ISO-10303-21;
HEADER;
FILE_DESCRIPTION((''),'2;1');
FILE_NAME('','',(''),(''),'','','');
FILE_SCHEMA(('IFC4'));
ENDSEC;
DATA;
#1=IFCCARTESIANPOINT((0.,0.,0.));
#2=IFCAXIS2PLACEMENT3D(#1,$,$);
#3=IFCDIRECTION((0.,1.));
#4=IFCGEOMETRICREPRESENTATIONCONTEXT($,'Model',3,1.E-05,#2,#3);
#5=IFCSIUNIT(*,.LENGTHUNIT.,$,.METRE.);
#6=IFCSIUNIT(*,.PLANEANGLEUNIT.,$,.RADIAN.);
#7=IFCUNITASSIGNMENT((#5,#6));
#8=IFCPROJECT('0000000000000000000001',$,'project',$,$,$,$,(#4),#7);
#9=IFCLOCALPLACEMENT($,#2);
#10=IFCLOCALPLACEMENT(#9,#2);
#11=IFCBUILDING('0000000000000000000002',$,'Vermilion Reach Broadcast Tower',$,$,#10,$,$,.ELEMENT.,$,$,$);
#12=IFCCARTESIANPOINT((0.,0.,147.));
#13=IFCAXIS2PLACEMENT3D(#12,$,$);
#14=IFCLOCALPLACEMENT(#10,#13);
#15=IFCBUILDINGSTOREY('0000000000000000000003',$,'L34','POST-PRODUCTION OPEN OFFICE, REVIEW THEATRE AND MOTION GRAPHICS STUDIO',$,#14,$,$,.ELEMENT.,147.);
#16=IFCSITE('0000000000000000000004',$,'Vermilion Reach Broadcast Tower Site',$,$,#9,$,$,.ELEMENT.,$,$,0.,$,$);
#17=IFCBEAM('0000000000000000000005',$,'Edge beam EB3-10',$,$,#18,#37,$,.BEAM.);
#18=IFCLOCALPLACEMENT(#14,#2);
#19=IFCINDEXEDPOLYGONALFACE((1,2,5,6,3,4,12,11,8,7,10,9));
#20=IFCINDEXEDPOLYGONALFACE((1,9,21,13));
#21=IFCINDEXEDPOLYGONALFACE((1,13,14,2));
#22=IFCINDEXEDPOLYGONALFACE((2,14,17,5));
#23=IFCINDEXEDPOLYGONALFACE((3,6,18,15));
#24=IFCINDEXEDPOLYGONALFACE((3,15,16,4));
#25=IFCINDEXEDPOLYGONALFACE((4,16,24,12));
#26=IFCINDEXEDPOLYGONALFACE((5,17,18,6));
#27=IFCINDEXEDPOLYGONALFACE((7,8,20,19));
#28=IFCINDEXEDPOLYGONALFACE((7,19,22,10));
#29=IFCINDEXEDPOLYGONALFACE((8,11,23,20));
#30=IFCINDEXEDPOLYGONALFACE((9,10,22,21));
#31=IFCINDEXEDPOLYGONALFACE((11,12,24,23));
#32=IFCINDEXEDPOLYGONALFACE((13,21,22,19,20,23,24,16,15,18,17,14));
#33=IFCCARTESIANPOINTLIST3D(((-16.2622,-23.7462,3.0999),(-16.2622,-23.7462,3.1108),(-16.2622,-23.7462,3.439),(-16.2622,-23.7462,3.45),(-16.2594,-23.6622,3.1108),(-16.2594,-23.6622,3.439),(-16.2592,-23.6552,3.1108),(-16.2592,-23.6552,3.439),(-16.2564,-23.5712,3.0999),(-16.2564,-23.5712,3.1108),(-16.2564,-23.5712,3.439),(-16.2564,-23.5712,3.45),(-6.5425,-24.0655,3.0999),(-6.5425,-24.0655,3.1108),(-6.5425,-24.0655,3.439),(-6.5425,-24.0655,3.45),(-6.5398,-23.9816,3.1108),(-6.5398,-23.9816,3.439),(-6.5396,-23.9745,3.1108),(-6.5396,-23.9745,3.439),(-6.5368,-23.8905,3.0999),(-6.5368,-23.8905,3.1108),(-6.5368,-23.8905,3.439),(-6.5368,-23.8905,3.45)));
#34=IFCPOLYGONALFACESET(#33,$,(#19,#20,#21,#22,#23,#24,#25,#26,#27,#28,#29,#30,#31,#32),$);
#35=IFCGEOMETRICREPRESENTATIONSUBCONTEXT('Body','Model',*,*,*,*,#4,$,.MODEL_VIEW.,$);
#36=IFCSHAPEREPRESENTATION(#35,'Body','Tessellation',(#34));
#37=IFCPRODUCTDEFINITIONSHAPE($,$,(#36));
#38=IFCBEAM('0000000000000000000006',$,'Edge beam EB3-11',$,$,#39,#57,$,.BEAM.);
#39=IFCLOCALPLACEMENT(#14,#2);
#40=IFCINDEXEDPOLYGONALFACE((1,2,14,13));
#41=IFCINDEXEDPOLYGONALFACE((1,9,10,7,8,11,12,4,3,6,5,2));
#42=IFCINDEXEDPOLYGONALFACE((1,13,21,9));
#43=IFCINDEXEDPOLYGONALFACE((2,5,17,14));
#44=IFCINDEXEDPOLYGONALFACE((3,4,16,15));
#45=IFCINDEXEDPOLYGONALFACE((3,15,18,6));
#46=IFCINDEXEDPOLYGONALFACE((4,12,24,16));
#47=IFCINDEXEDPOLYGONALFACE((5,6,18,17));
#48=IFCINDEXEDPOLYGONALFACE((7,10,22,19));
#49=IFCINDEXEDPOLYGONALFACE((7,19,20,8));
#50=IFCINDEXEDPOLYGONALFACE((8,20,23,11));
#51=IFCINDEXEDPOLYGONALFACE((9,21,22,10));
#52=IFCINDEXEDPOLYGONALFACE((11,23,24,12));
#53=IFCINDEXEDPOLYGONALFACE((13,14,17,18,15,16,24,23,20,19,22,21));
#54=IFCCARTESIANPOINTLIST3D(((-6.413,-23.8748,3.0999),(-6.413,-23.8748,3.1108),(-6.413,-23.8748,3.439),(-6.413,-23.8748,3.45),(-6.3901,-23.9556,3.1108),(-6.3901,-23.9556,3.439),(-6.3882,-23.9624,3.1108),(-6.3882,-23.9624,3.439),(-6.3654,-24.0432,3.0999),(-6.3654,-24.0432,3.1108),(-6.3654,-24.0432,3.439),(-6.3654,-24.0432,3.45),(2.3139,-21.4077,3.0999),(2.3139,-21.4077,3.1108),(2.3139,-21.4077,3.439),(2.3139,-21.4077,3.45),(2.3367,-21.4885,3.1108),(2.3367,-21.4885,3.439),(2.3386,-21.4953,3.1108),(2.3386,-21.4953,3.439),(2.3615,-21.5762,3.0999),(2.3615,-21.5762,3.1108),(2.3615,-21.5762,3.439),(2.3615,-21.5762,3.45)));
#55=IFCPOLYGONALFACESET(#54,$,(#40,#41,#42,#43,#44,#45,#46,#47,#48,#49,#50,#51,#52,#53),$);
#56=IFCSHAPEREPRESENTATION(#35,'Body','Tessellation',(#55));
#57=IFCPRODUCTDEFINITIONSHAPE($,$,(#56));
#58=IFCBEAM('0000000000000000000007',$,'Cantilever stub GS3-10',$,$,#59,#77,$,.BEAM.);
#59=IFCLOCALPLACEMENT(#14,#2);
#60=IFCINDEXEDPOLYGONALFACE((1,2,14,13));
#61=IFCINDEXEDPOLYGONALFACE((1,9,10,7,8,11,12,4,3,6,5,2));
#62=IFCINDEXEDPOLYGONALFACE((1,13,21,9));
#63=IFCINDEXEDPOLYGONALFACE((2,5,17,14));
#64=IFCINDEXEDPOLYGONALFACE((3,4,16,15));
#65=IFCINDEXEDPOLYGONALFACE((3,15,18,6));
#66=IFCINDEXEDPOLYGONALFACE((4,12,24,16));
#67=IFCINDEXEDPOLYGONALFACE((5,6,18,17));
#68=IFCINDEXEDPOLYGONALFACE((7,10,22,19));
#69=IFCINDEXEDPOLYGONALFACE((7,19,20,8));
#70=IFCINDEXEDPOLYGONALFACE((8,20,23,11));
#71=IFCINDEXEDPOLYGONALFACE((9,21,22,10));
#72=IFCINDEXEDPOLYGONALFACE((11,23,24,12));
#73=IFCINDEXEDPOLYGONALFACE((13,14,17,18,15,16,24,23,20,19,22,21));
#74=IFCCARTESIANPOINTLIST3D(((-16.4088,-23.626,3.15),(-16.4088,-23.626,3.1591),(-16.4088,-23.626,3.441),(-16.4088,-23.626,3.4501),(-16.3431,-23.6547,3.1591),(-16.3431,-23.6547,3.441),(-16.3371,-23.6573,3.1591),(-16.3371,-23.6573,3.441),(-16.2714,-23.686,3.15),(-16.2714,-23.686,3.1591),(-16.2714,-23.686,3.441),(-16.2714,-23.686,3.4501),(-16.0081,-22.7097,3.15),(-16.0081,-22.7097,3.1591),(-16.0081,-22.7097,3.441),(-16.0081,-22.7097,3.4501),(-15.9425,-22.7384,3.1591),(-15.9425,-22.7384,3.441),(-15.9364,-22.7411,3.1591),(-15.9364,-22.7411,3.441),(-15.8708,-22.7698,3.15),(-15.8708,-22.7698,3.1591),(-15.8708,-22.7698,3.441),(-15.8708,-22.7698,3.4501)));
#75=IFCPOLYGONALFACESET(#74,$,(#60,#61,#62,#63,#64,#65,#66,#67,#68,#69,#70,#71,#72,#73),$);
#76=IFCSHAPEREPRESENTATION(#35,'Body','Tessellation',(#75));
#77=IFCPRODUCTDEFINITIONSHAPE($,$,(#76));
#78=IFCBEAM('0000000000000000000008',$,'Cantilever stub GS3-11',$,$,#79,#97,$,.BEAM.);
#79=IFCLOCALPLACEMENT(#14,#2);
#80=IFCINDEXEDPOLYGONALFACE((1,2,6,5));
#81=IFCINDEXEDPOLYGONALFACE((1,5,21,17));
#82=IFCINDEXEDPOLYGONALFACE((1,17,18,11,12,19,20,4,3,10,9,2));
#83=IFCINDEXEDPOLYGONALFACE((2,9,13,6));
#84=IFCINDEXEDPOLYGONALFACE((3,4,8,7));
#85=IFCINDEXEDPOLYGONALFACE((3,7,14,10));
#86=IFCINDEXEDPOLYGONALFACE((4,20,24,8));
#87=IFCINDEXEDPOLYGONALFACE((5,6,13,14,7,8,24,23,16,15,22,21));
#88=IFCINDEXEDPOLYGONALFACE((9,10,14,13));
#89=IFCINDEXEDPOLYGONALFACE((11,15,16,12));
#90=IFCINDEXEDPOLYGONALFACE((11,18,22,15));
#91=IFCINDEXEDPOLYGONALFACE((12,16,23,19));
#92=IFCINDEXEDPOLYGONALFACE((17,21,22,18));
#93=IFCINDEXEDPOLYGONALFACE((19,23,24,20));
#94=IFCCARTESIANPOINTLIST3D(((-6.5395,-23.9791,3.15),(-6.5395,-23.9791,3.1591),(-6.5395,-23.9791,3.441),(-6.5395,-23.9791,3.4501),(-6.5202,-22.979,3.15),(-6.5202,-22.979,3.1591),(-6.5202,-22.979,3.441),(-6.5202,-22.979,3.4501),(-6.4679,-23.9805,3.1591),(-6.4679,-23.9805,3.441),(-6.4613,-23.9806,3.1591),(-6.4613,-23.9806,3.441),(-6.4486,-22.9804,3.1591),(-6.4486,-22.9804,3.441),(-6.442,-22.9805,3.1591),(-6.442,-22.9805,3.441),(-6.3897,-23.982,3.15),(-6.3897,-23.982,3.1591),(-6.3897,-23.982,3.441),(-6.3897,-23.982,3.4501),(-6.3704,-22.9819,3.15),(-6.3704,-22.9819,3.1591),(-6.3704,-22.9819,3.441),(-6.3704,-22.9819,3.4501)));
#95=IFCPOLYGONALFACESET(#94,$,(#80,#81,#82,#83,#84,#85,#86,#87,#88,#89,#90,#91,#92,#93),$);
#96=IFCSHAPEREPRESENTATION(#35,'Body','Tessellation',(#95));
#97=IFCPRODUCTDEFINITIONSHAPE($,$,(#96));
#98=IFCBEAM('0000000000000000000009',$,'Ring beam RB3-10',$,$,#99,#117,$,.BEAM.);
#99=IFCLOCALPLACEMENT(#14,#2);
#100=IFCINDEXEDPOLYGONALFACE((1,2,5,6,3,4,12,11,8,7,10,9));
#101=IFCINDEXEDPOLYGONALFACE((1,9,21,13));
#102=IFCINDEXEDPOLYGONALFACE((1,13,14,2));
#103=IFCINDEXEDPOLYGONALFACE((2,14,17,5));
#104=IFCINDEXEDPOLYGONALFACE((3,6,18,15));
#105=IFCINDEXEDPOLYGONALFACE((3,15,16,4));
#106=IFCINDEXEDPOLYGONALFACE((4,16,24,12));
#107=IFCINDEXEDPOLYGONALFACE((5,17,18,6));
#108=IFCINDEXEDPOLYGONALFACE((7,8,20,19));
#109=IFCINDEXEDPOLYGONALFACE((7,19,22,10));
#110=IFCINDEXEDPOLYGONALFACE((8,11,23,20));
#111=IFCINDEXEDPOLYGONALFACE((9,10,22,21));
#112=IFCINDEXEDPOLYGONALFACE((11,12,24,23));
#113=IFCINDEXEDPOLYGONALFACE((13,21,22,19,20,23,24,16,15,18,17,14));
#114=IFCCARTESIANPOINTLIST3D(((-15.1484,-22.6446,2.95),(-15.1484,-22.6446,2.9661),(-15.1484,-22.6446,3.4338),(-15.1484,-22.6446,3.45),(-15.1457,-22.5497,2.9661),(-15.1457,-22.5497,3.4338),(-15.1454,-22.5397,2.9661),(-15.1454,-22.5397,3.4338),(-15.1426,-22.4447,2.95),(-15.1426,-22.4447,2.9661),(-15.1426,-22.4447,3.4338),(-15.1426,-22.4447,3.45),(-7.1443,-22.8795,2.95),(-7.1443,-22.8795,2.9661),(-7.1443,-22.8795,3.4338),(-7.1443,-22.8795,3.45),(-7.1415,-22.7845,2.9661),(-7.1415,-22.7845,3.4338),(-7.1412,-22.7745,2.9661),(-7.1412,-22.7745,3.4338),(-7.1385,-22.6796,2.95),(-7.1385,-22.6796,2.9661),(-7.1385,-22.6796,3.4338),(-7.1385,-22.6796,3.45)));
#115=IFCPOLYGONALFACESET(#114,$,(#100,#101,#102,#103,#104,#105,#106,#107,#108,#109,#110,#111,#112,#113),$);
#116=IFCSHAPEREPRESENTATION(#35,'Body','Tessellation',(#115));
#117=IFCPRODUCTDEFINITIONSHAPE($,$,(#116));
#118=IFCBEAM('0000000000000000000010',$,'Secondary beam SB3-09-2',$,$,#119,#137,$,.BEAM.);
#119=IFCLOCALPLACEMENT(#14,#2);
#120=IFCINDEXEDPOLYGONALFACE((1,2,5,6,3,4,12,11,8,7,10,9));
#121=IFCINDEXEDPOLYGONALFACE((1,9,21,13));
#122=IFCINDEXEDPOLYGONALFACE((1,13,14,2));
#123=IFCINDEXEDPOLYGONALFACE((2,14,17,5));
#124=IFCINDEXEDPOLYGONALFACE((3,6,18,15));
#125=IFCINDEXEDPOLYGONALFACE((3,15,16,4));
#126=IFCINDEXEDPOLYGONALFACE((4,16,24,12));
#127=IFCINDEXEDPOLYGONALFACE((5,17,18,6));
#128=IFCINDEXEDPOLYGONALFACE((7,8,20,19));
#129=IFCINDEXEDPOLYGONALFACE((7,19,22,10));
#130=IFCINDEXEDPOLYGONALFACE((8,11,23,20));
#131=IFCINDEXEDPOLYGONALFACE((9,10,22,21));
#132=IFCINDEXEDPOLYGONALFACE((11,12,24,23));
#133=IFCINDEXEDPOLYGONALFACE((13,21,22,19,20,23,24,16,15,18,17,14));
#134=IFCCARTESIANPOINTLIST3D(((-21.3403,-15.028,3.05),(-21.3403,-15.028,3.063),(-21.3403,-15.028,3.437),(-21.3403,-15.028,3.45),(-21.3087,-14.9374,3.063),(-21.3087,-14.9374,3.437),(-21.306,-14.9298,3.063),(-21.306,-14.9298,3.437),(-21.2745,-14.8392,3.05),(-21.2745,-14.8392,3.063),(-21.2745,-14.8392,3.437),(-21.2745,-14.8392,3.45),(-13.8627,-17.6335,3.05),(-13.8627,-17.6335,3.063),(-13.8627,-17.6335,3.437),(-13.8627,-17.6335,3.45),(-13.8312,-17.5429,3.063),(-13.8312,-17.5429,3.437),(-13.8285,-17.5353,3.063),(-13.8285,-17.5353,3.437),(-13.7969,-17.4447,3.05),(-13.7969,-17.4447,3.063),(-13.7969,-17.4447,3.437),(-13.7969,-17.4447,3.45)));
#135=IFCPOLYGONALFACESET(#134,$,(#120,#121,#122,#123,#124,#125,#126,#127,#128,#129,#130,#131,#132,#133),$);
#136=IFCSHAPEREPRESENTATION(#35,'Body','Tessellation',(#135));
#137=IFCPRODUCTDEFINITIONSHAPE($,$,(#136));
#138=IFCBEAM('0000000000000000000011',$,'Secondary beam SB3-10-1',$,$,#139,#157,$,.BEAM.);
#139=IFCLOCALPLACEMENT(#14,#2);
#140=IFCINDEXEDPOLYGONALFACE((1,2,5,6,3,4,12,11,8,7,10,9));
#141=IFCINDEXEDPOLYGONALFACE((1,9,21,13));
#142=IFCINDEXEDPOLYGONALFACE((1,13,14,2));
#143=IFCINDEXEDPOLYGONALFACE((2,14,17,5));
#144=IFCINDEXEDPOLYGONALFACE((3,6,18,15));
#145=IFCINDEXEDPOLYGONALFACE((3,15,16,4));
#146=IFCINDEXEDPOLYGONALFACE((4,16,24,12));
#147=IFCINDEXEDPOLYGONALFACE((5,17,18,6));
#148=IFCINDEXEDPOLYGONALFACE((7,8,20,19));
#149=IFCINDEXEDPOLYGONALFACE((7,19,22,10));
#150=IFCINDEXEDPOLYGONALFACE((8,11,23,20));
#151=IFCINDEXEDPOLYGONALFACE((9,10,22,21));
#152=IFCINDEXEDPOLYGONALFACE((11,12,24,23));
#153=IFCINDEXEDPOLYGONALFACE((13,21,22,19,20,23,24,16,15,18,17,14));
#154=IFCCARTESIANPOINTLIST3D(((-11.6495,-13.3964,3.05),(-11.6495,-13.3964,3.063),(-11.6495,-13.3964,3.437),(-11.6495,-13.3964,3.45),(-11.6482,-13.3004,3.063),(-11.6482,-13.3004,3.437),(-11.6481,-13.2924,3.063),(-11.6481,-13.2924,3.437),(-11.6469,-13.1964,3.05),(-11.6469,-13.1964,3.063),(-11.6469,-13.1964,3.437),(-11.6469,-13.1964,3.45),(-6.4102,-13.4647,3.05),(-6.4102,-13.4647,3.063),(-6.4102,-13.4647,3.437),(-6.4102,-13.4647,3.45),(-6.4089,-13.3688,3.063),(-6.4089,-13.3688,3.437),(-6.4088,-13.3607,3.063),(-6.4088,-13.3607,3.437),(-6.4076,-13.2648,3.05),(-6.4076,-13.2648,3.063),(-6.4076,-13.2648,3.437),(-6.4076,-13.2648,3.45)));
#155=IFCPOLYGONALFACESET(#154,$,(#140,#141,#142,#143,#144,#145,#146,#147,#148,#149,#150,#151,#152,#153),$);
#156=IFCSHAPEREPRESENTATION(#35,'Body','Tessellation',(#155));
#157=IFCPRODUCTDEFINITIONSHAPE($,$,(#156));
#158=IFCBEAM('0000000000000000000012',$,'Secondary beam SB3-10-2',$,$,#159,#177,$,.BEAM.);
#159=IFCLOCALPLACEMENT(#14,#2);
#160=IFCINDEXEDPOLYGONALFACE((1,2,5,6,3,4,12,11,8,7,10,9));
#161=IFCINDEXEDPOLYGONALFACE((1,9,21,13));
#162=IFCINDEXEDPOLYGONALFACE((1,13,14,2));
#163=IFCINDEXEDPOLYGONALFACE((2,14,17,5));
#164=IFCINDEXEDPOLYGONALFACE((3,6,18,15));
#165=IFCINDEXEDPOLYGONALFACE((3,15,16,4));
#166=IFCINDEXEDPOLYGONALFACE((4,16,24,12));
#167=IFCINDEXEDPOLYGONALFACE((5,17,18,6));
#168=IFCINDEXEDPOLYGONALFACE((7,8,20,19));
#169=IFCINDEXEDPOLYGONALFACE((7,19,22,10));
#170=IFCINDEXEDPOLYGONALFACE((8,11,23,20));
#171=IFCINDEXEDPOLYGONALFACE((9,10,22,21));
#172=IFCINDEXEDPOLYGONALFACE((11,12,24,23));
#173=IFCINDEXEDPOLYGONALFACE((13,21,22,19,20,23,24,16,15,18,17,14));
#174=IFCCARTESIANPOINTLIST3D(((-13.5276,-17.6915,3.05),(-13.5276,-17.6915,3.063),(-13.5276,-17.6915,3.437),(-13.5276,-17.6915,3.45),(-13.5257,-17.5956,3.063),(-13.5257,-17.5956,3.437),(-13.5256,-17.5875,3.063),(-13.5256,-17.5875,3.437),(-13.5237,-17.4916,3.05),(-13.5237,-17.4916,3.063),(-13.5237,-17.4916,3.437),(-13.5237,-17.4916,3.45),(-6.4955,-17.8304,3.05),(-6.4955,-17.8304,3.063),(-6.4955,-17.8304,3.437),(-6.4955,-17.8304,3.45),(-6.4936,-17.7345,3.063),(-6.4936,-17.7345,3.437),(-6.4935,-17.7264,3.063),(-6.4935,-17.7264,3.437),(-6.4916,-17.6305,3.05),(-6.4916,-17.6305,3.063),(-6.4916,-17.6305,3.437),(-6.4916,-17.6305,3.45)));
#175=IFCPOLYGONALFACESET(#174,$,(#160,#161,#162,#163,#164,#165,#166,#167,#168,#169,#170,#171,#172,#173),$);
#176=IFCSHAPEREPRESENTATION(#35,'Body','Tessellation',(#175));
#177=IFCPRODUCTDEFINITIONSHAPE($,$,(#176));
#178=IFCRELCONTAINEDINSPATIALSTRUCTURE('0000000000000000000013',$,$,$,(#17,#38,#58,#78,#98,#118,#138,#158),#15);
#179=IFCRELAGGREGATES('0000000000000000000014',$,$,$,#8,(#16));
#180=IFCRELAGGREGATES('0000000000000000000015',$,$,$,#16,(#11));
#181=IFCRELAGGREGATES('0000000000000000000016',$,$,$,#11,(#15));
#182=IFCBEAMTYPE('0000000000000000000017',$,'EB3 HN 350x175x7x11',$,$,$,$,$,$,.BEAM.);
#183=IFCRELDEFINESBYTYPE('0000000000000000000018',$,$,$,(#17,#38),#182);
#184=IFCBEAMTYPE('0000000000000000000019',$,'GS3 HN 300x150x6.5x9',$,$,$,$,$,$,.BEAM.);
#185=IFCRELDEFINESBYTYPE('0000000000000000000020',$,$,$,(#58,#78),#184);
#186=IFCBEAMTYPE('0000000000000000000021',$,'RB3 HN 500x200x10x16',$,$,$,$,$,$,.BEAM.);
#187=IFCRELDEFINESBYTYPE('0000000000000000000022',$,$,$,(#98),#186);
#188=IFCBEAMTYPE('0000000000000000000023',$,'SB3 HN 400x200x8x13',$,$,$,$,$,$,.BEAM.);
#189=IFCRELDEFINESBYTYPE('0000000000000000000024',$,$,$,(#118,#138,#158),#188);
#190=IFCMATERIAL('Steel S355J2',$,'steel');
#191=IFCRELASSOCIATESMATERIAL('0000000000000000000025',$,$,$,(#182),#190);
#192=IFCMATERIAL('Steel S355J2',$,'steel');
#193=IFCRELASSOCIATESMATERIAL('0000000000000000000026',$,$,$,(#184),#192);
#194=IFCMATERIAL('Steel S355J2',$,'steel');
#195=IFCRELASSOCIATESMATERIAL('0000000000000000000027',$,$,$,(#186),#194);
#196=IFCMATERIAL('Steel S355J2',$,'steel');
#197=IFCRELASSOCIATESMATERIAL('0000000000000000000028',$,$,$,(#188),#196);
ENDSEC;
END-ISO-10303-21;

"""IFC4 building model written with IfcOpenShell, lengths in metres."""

from ifc_helpers import new_model, si_unit, direction, frame, origin, origin_2d, place, context, subcontext, project, spatial, i_section, extrude, material, material_profile, profile_set, type_object, element, save


model = new_model("IFC4")

# Units and contexts
model_context = context("Model", 3, precision=1e-05, world=origin(), true_north=direction((0.0, 1.0)))
body_context = subcontext(model_context, "Body", "Model", "MODEL_VIEW")
ifc_project = project(units=[si_unit("LENGTHUNIT", "METRE"), si_unit("PLANEANGLEUNIT", "RADIAN")], contexts=[model_context])

# Site, building, storey
site_placement = place(None, origin())
site = spatial("IfcSite", under=ifc_project, at=site_placement, Name="Vermilion Reach Broadcast Tower Site", CompositionType="ELEMENT", RefElevation=0.0)
building_placement = place(site_placement, origin())
building = spatial("IfcBuilding", under=site, at=building_placement, Name="Vermilion Reach Broadcast Tower", CompositionType="ELEMENT")
storey_placement = place(building_placement, frame((0.0, 0.0, 147.0)))
storey = spatial("IfcBuildingStorey", under=building, at=storey_placement, Name="L34", Description="POST-PRODUCTION OPEN OFFICE, REVIEW THEATRE AND MOTION GRAPHICS STUDIO", CompositionType="ELEMENT", Elevation=147.0)

# Beams
ifc_material_1 = material(Name="Steel S355J2", Category="steel")
ifc_material_profile_1 = material_profile(ifc_material_1, i_section(OverallWidth=0.175, OverallDepth=0.3501, WebThickness=0.0071, FlangeThickness=0.011, at=origin_2d()), Name="S355J2 HN 350x175x7x11")
ifc_profile_set_1 = profile_set([ifc_material_profile_1], Name="Steel S355J2")
beam_type_1 = type_object("IfcBeamType", Name="EB3 HN 350x175x7x11", PredefinedType="BEAM", material=ifc_profile_set_1)
beam_1_placement = place(storey_placement, frame((-16.2593, -23.6587, 3.2749), z_axis=(0.999461, -0.032837, 0.0), x_axis=(0.032837, 0.999461, 0.0)))
element("IfcBeam", 1, at=beam_1_placement, inside=storey, type_object=beam_type_1, Name="Edge beam EB3-10", PredefinedType="BEAM", context=body_context, shape_type="SweptSolid", body=[
    extrude(i_section(OverallWidth=0.175, OverallDepth=0.3501, WebThickness=0.0071, FlangeThickness=0.011, at=origin_2d()), origin(), (0.0, 0.0, 1.0), 9.7249),
])
beam_2_placement = place(storey_placement, frame((-6.3892, -23.959, 3.2749), z_axis=(0.962287, 0.272036, 0.0), x_axis=(-0.272036, 0.962287, 0.0)))
element("IfcBeam", 2, at=beam_2_placement, inside=storey, type_object=beam_type_1, Name="Edge beam EB3-11", PredefinedType="BEAM", context=body_context, shape_type="SweptSolid", body=[
    extrude(i_section(OverallWidth=0.175, OverallDepth=0.3501, WebThickness=0.0071, FlangeThickness=0.011, at=origin_2d()), origin(), (0.0, 0.0, 1.0), 9.0688),
])
ifc_material_2 = material(Name="Steel S355J2", Category="steel")
ifc_material_profile_2 = material_profile(ifc_material_2, i_section(OverallWidth=0.1499, OverallDepth=0.3, WebThickness=0.0066, FlangeThickness=0.009, at=origin_2d()), Name="S355J2 HN 300x150x6.5x9")
ifc_profile_set_2 = profile_set([ifc_material_profile_2], Name="Steel S355J2")
beam_type_2 = type_object("IfcBeamType", Name="GS3 HN 300x150x6.5x9", PredefinedType="BEAM", material=ifc_profile_set_2)
beam_3_placement = place(storey_placement, frame((-15.9395, -22.7397, 3.3), z_axis=(-0.400627, -0.916241, 0.0), x_axis=(0.916241, -0.400627, 0.0)))
element("IfcBeam", 3, at=beam_3_placement, inside=storey, type_object=beam_type_2, Name="Cantilever stub GS3-10", PredefinedType="BEAM", context=body_context, shape_type="SweptSolid", body=[
    extrude(i_section(OverallWidth=0.1499, OverallDepth=0.3, WebThickness=0.0066, FlangeThickness=0.009, at=origin_2d()), origin(), (0.0, 0.0, 1.0), 1.0),
])
beam_4_placement = place(storey_placement, frame((-6.4453, -22.9805, 3.3), z_axis=(-0.019284, -0.999814, 0.0), x_axis=(0.999814, -0.019284, 0.0)))
element("IfcBeam", 4, at=beam_4_placement, inside=storey, type_object=beam_type_2, Name="Cantilever stub GS3-11", PredefinedType="BEAM", context=body_context, shape_type="SweptSolid", body=[
    extrude(i_section(OverallWidth=0.1499, OverallDepth=0.3, WebThickness=0.0066, FlangeThickness=0.009, at=origin_2d()), origin(), (0.0, 0.0, 1.0), 1.0002),
])
ifc_material_3 = material(Name="Steel S355J2", Category="steel")
ifc_material_profile_3 = material_profile(ifc_material_3, i_section(OverallWidth=0.2, OverallDepth=0.5, WebThickness=0.01, FlangeThickness=0.0161, at=origin_2d()), Name="S355J2 HN 500x200x10x16")
ifc_profile_set_3 = profile_set([ifc_material_profile_3], Name="Steel S355J2")
beam_type_3 = type_object("IfcBeamType", Name="RB3 HN 500x200x10x16", PredefinedType="BEAM", material=ifc_profile_set_3)
beam_5_placement = place(storey_placement, frame((-15.1455, -22.5447, 3.2), z_axis=(0.99957, -0.02933, 0.0), x_axis=(0.02933, 0.99957, 0.0)))
element("IfcBeam", 5, at=beam_5_placement, inside=storey, type_object=beam_type_3, Name="Ring beam RB3-10", PredefinedType="BEAM", context=body_context, shape_type="SweptSolid", body=[
    extrude(i_section(OverallWidth=0.2, OverallDepth=0.5, WebThickness=0.01, FlangeThickness=0.0161, at=origin_2d()), origin(), (0.0, 0.0, 1.0), 8.0076),
])
ifc_material_4 = material(Name="Steel S355J2", Category="steel")
ifc_material_profile_4 = material_profile(ifc_material_4, i_section(OverallWidth=0.2, OverallDepth=0.3999, WebThickness=0.0081, FlangeThickness=0.0129, at=origin_2d()), Name="S355J2 HN 400x200x8x13")
ifc_profile_set_4 = profile_set([ifc_material_profile_4], Name="Steel S355J2")
beam_type_4 = type_object("IfcBeamType", Name="SB3 HN 400x200x8x13", PredefinedType="BEAM", material=ifc_profile_set_4)
beam_6_placement = place(storey_placement, frame((-21.3074, -14.9336, 3.25), z_axis=(0.944317, -0.329037, 0.0), x_axis=(0.329037, 0.944317, 0.0)))
element("IfcBeam", 6, at=beam_6_placement, inside=storey, type_object=beam_type_4, Name="Secondary beam SB3-09-2", PredefinedType="BEAM", context=body_context, shape_type="SweptSolid", body=[
    extrude(i_section(OverallWidth=0.2, OverallDepth=0.3999, WebThickness=0.0081, FlangeThickness=0.0129, at=origin_2d()), origin(), (0.0, 0.0, 1.0), 7.9185),
])
beam_7_placement = place(storey_placement, frame((-11.6482, -13.2964, 3.25), z_axis=(0.999915, -0.013046, 0.0), x_axis=(0.013046, 0.999915, 0.0)))
element("IfcBeam", 7, at=beam_7_placement, inside=storey, type_object=beam_type_4, Name="Secondary beam SB3-10-1", PredefinedType="BEAM", context=body_context, shape_type="SweptSolid", body=[
    extrude(i_section(OverallWidth=0.2, OverallDepth=0.3999, WebThickness=0.0081, FlangeThickness=0.0129, at=origin_2d()), origin(), (0.0, 0.0, 1.0), 5.2397),
])
beam_8_placement = place(storey_placement, frame((-13.5256, -17.5916, 3.25), z_axis=(0.999805, -0.019751, 0.0), x_axis=(0.019751, 0.999805, 0.0)))
element("IfcBeam", 8, at=beam_8_placement, inside=storey, type_object=beam_type_4, Name="Secondary beam SB3-10-2", PredefinedType="BEAM", context=body_context, shape_type="SweptSolid", body=[
    extrude(i_section(OverallWidth=0.2, OverallDepth=0.3999, WebThickness=0.0081, FlangeThickness=0.0129, at=origin_2d()), origin(), (0.0, 0.0, 1.0), 7.0334),
])

save(model, "model.ifc")
